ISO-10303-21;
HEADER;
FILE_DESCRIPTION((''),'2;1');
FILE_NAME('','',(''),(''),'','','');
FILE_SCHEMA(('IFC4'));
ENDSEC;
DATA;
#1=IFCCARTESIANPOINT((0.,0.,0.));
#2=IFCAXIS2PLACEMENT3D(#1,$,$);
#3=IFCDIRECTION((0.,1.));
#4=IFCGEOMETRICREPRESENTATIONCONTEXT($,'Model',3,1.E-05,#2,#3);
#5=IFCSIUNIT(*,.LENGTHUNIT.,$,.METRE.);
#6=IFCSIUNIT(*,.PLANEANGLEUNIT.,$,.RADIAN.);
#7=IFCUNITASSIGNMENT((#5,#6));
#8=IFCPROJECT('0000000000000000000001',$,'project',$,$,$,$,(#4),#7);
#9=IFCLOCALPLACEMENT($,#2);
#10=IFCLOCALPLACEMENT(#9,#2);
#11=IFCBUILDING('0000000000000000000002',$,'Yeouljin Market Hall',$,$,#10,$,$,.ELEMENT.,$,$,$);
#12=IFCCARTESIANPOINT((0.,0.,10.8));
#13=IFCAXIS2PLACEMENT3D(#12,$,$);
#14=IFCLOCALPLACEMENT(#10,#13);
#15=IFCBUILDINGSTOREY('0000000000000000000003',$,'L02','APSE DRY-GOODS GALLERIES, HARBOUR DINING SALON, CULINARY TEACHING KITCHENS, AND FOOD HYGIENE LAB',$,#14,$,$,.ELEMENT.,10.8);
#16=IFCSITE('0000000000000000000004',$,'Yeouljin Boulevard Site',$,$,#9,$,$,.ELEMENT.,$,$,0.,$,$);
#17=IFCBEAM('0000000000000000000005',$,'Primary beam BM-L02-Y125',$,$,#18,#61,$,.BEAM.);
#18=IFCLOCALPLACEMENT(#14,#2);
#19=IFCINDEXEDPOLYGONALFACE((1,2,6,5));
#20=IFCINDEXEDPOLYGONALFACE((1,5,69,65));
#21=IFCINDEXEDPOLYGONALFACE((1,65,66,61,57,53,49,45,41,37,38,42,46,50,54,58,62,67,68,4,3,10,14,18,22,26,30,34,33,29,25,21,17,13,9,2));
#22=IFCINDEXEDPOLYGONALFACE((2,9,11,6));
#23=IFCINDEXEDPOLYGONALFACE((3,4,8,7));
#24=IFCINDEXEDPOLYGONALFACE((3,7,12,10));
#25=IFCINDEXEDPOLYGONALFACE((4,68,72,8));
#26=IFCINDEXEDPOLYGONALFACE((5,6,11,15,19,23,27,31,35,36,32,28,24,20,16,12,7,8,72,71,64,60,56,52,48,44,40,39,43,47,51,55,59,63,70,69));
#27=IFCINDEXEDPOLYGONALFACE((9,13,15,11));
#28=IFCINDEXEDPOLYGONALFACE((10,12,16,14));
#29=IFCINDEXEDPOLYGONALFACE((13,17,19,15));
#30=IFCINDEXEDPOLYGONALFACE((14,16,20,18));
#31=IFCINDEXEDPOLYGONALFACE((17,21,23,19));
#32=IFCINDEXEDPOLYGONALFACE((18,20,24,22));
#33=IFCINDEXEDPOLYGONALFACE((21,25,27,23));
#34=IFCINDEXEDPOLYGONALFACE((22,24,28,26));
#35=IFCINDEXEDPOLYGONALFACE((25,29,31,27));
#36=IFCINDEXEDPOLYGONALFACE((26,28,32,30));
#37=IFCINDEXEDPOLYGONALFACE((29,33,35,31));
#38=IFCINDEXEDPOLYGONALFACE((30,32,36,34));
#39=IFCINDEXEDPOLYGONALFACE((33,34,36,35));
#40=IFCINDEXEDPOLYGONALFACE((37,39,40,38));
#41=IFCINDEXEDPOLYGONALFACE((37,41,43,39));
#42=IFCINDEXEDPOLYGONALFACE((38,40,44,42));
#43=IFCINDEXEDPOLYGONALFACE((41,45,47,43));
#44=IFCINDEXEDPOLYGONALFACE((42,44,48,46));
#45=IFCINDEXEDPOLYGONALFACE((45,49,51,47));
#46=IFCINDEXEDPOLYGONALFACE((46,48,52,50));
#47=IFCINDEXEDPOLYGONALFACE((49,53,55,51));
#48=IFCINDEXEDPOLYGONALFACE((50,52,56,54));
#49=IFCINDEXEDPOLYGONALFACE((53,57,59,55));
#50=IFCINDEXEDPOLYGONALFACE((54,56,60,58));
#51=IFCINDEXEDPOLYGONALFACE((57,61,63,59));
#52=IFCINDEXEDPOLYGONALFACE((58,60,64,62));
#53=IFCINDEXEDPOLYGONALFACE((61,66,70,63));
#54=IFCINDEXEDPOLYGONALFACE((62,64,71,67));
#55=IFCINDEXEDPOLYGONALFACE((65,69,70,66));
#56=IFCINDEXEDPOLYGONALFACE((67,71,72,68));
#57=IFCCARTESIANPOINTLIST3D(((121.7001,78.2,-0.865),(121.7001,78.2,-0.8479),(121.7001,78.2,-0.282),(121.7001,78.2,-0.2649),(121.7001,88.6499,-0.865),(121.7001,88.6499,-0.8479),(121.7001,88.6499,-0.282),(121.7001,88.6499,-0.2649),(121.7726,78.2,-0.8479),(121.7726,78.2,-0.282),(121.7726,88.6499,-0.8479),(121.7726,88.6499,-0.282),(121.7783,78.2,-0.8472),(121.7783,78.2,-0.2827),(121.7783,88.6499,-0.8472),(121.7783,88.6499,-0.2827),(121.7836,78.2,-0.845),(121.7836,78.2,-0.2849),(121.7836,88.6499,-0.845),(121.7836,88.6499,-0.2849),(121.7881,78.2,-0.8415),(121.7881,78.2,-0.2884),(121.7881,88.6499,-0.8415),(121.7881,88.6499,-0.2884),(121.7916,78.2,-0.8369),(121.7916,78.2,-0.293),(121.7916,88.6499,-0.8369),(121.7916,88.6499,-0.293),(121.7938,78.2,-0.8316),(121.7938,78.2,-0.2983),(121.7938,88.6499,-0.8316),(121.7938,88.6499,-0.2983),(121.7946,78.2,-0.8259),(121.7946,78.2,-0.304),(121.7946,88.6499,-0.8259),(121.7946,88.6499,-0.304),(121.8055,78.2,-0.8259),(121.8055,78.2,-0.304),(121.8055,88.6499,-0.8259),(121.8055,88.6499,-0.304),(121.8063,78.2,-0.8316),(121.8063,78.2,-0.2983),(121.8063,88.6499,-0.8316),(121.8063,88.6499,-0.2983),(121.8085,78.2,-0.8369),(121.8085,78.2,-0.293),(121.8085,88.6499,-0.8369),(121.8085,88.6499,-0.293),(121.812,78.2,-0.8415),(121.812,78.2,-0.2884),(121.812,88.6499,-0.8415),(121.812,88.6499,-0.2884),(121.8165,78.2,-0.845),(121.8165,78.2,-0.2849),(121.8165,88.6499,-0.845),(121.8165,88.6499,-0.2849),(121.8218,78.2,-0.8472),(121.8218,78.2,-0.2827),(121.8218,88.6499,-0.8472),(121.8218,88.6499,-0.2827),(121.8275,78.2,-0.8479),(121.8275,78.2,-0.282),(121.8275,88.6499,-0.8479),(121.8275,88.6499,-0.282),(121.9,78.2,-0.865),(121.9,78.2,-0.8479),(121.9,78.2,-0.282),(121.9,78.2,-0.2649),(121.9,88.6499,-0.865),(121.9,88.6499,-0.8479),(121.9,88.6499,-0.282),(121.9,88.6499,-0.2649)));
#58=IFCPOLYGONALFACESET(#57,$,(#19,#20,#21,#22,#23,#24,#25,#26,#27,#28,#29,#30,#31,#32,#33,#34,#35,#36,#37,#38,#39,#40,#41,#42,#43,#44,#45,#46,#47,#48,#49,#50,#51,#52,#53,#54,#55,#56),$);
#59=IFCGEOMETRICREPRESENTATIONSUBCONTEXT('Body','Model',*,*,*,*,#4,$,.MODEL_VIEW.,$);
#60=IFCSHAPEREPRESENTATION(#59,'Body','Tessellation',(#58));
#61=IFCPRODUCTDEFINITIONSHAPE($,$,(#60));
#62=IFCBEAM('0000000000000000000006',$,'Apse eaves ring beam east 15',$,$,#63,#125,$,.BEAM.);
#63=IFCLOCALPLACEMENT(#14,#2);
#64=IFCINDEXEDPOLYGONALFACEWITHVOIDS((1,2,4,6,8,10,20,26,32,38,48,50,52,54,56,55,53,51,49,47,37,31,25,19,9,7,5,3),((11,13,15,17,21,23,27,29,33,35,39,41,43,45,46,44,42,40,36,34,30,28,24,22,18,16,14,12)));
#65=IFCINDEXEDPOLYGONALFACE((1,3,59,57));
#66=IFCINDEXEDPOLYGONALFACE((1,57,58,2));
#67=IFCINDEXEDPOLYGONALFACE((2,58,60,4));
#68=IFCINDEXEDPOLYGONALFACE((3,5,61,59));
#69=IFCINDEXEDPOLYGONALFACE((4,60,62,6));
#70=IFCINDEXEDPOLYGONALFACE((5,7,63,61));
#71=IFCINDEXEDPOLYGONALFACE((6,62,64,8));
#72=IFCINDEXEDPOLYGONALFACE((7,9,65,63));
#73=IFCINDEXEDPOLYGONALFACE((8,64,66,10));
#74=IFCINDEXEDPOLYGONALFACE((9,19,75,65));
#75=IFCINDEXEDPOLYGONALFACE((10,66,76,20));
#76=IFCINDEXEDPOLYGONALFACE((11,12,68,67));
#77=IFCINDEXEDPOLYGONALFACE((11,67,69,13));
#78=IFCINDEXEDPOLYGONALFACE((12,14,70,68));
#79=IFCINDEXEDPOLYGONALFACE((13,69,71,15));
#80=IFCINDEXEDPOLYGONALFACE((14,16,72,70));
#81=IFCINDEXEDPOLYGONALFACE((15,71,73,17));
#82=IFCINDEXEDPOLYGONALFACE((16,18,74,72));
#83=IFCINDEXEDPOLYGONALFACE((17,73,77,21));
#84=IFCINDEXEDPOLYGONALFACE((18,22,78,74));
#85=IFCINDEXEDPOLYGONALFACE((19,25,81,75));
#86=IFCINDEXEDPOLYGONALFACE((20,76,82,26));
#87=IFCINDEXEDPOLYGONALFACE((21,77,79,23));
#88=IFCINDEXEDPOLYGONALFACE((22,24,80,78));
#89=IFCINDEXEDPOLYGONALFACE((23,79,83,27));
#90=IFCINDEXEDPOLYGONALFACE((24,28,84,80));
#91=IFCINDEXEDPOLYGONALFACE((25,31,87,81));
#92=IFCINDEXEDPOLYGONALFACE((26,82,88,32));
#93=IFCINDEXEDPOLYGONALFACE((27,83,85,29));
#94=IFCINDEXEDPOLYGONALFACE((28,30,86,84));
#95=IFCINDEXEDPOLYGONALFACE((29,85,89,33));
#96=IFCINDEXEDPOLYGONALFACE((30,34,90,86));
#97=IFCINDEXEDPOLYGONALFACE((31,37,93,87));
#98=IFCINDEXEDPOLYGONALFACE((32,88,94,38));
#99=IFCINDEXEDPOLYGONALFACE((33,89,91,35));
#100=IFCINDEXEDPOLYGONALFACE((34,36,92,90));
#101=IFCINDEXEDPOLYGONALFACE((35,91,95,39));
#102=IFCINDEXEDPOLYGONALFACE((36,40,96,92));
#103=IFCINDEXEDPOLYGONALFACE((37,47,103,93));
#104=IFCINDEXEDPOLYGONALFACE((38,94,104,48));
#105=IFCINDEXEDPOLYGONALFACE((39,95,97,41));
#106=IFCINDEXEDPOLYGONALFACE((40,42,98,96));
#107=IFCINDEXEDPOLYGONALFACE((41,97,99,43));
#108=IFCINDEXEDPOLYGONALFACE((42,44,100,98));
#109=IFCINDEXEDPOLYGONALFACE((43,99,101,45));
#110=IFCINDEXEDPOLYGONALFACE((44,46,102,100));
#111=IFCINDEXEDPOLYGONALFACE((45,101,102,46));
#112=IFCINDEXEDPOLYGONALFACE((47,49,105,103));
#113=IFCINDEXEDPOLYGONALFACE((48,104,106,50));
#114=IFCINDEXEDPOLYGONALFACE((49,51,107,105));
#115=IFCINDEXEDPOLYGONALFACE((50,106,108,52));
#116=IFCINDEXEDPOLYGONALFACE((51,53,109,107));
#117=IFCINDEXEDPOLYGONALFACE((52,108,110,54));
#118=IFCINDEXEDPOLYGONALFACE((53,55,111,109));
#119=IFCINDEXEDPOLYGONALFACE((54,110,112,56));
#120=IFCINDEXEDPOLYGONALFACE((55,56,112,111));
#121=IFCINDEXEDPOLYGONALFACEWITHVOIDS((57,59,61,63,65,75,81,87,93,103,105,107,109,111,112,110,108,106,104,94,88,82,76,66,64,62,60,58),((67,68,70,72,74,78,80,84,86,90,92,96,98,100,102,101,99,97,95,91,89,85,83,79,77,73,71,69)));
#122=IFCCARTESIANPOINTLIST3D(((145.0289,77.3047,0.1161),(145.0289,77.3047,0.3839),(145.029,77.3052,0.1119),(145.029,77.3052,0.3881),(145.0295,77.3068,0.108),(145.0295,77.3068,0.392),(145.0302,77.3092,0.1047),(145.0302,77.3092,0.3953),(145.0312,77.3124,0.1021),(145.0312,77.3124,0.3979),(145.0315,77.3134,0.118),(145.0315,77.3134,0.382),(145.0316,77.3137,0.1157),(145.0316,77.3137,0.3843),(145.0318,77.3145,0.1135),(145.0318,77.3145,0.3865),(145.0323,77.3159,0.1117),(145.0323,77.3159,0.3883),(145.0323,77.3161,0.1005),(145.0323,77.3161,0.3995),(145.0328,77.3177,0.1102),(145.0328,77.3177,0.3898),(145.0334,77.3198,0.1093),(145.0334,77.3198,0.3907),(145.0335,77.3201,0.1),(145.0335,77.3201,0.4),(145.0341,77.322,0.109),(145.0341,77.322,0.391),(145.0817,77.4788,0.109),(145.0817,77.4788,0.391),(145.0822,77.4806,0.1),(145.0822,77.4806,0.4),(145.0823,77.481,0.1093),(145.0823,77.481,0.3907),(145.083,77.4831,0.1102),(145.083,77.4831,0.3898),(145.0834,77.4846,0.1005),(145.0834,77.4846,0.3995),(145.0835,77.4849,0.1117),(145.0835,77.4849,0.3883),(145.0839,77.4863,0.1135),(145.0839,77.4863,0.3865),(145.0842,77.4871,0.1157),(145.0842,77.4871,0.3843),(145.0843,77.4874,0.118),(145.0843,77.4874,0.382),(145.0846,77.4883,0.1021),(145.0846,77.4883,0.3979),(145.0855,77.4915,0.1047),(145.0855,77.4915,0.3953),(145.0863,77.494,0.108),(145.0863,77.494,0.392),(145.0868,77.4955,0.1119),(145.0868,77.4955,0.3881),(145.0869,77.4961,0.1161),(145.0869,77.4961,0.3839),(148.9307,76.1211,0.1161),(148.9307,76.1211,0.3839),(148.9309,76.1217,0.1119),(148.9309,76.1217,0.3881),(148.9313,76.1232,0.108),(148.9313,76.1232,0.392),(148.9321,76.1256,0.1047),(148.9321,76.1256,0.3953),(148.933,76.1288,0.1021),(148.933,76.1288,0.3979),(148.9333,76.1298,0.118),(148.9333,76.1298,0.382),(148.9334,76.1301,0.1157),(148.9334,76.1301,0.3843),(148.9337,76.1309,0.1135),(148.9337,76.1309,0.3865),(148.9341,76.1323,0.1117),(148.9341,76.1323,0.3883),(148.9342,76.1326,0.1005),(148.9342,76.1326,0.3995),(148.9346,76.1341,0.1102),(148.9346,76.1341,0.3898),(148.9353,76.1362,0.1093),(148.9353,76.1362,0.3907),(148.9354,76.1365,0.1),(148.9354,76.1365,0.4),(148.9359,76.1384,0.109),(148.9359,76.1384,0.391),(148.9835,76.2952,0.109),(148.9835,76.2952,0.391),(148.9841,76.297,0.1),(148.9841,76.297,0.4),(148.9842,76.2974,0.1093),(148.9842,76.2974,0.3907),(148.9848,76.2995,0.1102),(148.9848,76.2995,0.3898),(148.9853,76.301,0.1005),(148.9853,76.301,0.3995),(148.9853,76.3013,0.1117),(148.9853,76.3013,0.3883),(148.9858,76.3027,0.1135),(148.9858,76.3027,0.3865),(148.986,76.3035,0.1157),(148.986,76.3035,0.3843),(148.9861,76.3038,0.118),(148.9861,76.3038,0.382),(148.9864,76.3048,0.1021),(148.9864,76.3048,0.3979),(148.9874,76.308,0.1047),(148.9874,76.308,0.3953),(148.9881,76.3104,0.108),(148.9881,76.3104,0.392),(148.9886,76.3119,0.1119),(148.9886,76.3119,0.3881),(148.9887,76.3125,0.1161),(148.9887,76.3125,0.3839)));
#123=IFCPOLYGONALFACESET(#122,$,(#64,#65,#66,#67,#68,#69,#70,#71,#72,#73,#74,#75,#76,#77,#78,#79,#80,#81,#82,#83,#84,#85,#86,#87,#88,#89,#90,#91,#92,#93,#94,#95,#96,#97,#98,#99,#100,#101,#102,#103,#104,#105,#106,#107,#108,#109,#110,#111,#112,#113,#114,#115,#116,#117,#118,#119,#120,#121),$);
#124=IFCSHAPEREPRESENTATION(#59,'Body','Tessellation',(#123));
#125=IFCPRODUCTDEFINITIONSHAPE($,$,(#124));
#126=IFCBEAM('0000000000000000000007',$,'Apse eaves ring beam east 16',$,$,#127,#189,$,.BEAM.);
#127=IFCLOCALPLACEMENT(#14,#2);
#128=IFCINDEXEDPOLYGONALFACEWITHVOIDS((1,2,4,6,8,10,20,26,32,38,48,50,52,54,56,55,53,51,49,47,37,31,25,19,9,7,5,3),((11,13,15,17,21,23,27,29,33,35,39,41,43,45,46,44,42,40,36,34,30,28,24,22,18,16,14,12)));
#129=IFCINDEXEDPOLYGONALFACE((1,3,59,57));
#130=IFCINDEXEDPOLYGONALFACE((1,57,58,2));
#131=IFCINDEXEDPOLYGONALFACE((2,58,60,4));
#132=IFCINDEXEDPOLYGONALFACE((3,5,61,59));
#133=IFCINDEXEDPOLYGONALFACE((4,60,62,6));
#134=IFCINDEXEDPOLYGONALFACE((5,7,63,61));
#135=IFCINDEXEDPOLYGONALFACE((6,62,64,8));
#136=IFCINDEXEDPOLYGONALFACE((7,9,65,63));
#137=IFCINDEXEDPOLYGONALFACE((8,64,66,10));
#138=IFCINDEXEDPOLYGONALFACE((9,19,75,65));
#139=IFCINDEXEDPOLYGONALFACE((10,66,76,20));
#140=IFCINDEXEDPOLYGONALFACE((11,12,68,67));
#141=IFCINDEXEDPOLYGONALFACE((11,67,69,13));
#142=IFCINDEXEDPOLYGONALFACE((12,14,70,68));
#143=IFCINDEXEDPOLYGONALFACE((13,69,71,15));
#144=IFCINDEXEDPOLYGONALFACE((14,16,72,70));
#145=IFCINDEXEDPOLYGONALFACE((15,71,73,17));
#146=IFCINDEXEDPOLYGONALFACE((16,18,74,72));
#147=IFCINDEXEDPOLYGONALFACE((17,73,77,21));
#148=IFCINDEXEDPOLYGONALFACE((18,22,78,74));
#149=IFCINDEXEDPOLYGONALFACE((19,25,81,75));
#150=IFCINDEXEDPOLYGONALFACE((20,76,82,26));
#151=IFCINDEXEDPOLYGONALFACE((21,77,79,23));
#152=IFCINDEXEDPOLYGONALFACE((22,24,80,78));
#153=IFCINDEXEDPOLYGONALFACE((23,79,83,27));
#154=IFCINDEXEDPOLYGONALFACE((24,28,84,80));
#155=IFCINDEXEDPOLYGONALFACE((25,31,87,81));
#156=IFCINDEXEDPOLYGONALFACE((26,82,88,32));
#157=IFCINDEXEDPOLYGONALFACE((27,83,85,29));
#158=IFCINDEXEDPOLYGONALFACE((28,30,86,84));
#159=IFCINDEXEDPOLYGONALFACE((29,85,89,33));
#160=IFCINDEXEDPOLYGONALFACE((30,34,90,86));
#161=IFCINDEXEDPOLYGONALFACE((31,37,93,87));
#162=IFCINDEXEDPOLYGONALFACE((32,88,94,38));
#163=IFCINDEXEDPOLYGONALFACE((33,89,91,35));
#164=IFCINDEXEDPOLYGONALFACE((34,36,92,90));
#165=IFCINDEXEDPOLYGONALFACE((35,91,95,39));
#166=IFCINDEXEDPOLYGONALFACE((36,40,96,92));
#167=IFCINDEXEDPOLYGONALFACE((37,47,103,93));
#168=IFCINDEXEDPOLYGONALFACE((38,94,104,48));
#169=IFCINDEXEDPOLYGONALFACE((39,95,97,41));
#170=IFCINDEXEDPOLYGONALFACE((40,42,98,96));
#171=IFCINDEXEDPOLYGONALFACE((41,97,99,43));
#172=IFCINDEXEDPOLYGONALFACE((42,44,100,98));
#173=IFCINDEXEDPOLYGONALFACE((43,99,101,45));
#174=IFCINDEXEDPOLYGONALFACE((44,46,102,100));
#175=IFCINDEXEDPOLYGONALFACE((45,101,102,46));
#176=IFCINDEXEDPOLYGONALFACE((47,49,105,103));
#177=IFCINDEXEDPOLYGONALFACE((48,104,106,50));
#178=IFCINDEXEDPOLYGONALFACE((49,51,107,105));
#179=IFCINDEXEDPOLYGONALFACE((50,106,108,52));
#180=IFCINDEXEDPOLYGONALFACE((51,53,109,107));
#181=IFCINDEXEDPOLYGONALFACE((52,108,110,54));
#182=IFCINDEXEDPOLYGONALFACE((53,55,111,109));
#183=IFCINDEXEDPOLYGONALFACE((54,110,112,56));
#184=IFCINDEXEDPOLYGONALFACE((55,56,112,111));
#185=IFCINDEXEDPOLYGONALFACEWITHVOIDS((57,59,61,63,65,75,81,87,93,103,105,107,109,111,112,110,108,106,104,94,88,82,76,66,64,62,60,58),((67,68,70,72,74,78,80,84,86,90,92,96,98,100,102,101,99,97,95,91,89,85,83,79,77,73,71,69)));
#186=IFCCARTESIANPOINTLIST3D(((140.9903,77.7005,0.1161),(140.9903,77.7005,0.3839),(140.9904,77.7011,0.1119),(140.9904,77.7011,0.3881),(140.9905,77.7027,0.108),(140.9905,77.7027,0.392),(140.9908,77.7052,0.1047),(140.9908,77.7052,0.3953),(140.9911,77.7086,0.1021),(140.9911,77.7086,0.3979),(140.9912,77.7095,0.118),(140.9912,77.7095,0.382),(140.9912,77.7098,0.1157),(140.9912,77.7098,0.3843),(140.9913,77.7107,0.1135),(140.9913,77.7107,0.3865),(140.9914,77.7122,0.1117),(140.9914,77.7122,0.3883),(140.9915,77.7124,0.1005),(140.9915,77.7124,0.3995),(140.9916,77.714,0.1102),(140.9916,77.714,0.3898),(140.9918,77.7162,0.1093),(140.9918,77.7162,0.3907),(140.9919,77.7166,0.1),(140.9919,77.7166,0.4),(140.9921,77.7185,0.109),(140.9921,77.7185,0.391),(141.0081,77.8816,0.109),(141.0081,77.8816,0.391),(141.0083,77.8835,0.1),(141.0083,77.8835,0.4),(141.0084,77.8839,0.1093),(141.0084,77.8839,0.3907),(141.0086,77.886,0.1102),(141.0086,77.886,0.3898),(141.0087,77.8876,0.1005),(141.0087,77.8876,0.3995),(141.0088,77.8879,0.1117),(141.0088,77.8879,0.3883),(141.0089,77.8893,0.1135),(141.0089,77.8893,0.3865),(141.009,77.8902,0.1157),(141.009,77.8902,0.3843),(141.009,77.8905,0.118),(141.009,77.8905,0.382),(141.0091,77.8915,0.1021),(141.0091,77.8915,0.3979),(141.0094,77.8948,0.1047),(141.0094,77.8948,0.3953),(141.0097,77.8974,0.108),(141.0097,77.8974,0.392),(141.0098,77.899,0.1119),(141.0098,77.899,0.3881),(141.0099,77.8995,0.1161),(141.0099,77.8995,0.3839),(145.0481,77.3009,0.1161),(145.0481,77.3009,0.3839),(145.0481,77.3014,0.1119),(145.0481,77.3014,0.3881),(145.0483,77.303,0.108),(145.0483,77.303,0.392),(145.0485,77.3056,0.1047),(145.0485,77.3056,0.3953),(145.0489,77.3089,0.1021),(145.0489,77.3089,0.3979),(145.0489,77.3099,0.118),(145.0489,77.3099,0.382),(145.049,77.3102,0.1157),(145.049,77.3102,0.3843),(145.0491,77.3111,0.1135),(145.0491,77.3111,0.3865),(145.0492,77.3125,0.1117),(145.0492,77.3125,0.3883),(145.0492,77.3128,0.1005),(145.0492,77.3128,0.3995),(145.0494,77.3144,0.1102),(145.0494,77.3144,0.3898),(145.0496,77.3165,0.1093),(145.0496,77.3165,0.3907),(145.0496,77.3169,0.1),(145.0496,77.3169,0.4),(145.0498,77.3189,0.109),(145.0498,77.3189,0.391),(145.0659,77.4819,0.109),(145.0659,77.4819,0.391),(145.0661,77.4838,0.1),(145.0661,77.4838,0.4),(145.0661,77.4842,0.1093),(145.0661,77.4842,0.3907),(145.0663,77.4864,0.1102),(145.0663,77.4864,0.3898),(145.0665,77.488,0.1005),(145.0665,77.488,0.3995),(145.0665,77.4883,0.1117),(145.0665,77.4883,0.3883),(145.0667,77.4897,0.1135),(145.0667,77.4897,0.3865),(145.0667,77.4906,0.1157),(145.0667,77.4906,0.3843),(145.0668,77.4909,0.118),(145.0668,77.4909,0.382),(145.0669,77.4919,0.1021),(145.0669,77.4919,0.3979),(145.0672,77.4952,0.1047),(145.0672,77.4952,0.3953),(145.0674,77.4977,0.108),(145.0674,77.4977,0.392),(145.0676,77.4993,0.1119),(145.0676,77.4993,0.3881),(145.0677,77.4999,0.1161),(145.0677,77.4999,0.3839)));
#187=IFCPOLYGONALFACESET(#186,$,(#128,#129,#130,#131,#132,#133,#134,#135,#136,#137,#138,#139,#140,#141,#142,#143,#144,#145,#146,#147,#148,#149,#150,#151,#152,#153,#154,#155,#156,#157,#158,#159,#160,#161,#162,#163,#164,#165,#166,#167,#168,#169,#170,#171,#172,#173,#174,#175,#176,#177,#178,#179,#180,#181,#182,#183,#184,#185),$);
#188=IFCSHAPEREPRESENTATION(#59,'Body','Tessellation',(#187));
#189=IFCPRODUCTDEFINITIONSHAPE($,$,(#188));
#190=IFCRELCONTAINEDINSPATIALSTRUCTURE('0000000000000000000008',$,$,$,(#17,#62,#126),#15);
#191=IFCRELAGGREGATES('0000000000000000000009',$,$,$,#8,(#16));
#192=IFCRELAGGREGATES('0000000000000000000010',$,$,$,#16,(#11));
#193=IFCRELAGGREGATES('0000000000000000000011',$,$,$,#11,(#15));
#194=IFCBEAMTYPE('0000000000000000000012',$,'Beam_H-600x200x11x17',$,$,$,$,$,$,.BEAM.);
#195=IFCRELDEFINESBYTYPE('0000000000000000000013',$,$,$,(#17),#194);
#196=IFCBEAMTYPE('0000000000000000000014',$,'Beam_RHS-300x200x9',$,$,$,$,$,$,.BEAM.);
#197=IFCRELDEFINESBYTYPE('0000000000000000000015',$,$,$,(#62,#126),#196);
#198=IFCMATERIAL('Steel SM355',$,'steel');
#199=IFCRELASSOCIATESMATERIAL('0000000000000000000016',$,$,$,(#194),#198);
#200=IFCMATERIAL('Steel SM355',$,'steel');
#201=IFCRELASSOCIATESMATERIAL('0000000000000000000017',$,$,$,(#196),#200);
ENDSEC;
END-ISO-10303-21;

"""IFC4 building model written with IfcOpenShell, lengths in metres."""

from ifc_helpers import new_model, si_unit, direction, frame, origin, origin_2d, place, context, subcontext, project, spatial, hollow_rectangle, i_section, extrude, material, material_profile, profile_set, type_object, element, save


model = new_model("IFC4")

# Units and contexts
model_context = context("Model", 3, precision=1e-05, world=origin(), true_north=direction((0.0, 1.0)))
body_context = subcontext(model_context, "Body", "Model", "MODEL_VIEW")
ifc_project = project(units=[si_unit("LENGTHUNIT", "METRE"), si_unit("PLANEANGLEUNIT", "RADIAN")], contexts=[model_context])

# Site, building, storey
site_placement = place(None, origin())
site = spatial("IfcSite", under=ifc_project, at=site_placement, Name="Yeouljin Boulevard Site", CompositionType="ELEMENT", RefElevation=0.0)
building_placement = place(site_placement, origin())
building = spatial("IfcBuilding", under=site, at=building_placement, Name="Yeouljin Market Hall", CompositionType="ELEMENT")
storey_placement = place(building_placement, frame((0.0, 0.0, 10.8)))
storey = spatial("IfcBuildingStorey", under=building, at=storey_placement, Name="L02", Description="APSE DRY-GOODS GALLERIES, HARBOUR DINING SALON, CULINARY TEACHING KITCHENS, AND FOOD HYGIENE LAB", CompositionType="ELEMENT", Elevation=10.8)

# Beams
ifc_material_1 = material(Name="Steel SM355", Category="steel")
ifc_material_profile_1 = material_profile(ifc_material_1, i_section(OverallWidth=0.2, OverallDepth=0.6001, WebThickness=0.011, FlangeThickness=0.0171, FilletRadius=0.022, at=origin_2d()), Name="H-600x200x11x17")
ifc_profile_set_1 = profile_set([ifc_material_profile_1], Name="Steel SM355")
beam_type_1 = type_object("IfcBeamType", Name="Beam_H-600x200x11x17", PredefinedType="BEAM", material=ifc_profile_set_1)
beam_1_placement = place(storey_placement, frame((121.8, 78.2, -0.5649), z_axis=(0.0, 1.0, 0.0), x_axis=(-1.0, 0.0, 0.0)))
element("IfcBeam", 1, at=beam_1_placement, inside=storey, type_object=beam_type_1, Name="Primary beam BM-L02-Y125", PredefinedType="BEAM", context=body_context, shape_type="SweptSolid", body=[
    extrude(i_section(OverallWidth=0.2, OverallDepth=0.6001, WebThickness=0.011, FlangeThickness=0.0171, FilletRadius=0.022, at=origin_2d()), origin(), (0.0, 0.0, 1.0), 10.45),
])
ifc_material_2 = material(Name="Steel SM355", Category="steel")
ifc_material_profile_2 = material_profile(ifc_material_2, hollow_rectangle(XDim=0.2, YDim=0.3, WallThickness=0.009, InnerFilletRadius=0.009, OuterFilletRadius=0.0161, at=origin_2d()), Name="RHS-300x200x9")
ifc_profile_set_2 = profile_set([ifc_material_profile_2], Name="Steel SM355")
beam_type_2 = type_object("IfcBeamType", Name="Beam_RHS-300x200x9", PredefinedType="BEAM", material=ifc_profile_set_2)
for number, where, z_axis, x_axis, name in (
    (2, (148.9597, 76.2168, 0.25), (-0.956942, 0.29028, 0.0), (-0.29028, -0.956942, 0.0), "Apse eaves ring beam east 15"),
    (3, (145.0579, 77.4004, 0.25), (-0.995185, 0.098016, 0.0), (-0.098016, -0.995185, 0.0), "Apse eaves ring beam east 16"),
):
    element("IfcBeam", number, at=place(storey_placement, frame(where, z_axis=z_axis, x_axis=x_axis)), inside=storey, type_object=beam_type_2, Name=name, PredefinedType="BEAM", context=body_context, shape_type="SweptSolid", body=[
        extrude(hollow_rectangle(XDim=0.2, YDim=0.3, WallThickness=0.009, InnerFilletRadius=0.009, OuterFilletRadius=0.0161, at=origin_2d()), origin(), (0.0, 0.0, 1.0), 4.0774),
    ])

save(model, "model.ifc")
